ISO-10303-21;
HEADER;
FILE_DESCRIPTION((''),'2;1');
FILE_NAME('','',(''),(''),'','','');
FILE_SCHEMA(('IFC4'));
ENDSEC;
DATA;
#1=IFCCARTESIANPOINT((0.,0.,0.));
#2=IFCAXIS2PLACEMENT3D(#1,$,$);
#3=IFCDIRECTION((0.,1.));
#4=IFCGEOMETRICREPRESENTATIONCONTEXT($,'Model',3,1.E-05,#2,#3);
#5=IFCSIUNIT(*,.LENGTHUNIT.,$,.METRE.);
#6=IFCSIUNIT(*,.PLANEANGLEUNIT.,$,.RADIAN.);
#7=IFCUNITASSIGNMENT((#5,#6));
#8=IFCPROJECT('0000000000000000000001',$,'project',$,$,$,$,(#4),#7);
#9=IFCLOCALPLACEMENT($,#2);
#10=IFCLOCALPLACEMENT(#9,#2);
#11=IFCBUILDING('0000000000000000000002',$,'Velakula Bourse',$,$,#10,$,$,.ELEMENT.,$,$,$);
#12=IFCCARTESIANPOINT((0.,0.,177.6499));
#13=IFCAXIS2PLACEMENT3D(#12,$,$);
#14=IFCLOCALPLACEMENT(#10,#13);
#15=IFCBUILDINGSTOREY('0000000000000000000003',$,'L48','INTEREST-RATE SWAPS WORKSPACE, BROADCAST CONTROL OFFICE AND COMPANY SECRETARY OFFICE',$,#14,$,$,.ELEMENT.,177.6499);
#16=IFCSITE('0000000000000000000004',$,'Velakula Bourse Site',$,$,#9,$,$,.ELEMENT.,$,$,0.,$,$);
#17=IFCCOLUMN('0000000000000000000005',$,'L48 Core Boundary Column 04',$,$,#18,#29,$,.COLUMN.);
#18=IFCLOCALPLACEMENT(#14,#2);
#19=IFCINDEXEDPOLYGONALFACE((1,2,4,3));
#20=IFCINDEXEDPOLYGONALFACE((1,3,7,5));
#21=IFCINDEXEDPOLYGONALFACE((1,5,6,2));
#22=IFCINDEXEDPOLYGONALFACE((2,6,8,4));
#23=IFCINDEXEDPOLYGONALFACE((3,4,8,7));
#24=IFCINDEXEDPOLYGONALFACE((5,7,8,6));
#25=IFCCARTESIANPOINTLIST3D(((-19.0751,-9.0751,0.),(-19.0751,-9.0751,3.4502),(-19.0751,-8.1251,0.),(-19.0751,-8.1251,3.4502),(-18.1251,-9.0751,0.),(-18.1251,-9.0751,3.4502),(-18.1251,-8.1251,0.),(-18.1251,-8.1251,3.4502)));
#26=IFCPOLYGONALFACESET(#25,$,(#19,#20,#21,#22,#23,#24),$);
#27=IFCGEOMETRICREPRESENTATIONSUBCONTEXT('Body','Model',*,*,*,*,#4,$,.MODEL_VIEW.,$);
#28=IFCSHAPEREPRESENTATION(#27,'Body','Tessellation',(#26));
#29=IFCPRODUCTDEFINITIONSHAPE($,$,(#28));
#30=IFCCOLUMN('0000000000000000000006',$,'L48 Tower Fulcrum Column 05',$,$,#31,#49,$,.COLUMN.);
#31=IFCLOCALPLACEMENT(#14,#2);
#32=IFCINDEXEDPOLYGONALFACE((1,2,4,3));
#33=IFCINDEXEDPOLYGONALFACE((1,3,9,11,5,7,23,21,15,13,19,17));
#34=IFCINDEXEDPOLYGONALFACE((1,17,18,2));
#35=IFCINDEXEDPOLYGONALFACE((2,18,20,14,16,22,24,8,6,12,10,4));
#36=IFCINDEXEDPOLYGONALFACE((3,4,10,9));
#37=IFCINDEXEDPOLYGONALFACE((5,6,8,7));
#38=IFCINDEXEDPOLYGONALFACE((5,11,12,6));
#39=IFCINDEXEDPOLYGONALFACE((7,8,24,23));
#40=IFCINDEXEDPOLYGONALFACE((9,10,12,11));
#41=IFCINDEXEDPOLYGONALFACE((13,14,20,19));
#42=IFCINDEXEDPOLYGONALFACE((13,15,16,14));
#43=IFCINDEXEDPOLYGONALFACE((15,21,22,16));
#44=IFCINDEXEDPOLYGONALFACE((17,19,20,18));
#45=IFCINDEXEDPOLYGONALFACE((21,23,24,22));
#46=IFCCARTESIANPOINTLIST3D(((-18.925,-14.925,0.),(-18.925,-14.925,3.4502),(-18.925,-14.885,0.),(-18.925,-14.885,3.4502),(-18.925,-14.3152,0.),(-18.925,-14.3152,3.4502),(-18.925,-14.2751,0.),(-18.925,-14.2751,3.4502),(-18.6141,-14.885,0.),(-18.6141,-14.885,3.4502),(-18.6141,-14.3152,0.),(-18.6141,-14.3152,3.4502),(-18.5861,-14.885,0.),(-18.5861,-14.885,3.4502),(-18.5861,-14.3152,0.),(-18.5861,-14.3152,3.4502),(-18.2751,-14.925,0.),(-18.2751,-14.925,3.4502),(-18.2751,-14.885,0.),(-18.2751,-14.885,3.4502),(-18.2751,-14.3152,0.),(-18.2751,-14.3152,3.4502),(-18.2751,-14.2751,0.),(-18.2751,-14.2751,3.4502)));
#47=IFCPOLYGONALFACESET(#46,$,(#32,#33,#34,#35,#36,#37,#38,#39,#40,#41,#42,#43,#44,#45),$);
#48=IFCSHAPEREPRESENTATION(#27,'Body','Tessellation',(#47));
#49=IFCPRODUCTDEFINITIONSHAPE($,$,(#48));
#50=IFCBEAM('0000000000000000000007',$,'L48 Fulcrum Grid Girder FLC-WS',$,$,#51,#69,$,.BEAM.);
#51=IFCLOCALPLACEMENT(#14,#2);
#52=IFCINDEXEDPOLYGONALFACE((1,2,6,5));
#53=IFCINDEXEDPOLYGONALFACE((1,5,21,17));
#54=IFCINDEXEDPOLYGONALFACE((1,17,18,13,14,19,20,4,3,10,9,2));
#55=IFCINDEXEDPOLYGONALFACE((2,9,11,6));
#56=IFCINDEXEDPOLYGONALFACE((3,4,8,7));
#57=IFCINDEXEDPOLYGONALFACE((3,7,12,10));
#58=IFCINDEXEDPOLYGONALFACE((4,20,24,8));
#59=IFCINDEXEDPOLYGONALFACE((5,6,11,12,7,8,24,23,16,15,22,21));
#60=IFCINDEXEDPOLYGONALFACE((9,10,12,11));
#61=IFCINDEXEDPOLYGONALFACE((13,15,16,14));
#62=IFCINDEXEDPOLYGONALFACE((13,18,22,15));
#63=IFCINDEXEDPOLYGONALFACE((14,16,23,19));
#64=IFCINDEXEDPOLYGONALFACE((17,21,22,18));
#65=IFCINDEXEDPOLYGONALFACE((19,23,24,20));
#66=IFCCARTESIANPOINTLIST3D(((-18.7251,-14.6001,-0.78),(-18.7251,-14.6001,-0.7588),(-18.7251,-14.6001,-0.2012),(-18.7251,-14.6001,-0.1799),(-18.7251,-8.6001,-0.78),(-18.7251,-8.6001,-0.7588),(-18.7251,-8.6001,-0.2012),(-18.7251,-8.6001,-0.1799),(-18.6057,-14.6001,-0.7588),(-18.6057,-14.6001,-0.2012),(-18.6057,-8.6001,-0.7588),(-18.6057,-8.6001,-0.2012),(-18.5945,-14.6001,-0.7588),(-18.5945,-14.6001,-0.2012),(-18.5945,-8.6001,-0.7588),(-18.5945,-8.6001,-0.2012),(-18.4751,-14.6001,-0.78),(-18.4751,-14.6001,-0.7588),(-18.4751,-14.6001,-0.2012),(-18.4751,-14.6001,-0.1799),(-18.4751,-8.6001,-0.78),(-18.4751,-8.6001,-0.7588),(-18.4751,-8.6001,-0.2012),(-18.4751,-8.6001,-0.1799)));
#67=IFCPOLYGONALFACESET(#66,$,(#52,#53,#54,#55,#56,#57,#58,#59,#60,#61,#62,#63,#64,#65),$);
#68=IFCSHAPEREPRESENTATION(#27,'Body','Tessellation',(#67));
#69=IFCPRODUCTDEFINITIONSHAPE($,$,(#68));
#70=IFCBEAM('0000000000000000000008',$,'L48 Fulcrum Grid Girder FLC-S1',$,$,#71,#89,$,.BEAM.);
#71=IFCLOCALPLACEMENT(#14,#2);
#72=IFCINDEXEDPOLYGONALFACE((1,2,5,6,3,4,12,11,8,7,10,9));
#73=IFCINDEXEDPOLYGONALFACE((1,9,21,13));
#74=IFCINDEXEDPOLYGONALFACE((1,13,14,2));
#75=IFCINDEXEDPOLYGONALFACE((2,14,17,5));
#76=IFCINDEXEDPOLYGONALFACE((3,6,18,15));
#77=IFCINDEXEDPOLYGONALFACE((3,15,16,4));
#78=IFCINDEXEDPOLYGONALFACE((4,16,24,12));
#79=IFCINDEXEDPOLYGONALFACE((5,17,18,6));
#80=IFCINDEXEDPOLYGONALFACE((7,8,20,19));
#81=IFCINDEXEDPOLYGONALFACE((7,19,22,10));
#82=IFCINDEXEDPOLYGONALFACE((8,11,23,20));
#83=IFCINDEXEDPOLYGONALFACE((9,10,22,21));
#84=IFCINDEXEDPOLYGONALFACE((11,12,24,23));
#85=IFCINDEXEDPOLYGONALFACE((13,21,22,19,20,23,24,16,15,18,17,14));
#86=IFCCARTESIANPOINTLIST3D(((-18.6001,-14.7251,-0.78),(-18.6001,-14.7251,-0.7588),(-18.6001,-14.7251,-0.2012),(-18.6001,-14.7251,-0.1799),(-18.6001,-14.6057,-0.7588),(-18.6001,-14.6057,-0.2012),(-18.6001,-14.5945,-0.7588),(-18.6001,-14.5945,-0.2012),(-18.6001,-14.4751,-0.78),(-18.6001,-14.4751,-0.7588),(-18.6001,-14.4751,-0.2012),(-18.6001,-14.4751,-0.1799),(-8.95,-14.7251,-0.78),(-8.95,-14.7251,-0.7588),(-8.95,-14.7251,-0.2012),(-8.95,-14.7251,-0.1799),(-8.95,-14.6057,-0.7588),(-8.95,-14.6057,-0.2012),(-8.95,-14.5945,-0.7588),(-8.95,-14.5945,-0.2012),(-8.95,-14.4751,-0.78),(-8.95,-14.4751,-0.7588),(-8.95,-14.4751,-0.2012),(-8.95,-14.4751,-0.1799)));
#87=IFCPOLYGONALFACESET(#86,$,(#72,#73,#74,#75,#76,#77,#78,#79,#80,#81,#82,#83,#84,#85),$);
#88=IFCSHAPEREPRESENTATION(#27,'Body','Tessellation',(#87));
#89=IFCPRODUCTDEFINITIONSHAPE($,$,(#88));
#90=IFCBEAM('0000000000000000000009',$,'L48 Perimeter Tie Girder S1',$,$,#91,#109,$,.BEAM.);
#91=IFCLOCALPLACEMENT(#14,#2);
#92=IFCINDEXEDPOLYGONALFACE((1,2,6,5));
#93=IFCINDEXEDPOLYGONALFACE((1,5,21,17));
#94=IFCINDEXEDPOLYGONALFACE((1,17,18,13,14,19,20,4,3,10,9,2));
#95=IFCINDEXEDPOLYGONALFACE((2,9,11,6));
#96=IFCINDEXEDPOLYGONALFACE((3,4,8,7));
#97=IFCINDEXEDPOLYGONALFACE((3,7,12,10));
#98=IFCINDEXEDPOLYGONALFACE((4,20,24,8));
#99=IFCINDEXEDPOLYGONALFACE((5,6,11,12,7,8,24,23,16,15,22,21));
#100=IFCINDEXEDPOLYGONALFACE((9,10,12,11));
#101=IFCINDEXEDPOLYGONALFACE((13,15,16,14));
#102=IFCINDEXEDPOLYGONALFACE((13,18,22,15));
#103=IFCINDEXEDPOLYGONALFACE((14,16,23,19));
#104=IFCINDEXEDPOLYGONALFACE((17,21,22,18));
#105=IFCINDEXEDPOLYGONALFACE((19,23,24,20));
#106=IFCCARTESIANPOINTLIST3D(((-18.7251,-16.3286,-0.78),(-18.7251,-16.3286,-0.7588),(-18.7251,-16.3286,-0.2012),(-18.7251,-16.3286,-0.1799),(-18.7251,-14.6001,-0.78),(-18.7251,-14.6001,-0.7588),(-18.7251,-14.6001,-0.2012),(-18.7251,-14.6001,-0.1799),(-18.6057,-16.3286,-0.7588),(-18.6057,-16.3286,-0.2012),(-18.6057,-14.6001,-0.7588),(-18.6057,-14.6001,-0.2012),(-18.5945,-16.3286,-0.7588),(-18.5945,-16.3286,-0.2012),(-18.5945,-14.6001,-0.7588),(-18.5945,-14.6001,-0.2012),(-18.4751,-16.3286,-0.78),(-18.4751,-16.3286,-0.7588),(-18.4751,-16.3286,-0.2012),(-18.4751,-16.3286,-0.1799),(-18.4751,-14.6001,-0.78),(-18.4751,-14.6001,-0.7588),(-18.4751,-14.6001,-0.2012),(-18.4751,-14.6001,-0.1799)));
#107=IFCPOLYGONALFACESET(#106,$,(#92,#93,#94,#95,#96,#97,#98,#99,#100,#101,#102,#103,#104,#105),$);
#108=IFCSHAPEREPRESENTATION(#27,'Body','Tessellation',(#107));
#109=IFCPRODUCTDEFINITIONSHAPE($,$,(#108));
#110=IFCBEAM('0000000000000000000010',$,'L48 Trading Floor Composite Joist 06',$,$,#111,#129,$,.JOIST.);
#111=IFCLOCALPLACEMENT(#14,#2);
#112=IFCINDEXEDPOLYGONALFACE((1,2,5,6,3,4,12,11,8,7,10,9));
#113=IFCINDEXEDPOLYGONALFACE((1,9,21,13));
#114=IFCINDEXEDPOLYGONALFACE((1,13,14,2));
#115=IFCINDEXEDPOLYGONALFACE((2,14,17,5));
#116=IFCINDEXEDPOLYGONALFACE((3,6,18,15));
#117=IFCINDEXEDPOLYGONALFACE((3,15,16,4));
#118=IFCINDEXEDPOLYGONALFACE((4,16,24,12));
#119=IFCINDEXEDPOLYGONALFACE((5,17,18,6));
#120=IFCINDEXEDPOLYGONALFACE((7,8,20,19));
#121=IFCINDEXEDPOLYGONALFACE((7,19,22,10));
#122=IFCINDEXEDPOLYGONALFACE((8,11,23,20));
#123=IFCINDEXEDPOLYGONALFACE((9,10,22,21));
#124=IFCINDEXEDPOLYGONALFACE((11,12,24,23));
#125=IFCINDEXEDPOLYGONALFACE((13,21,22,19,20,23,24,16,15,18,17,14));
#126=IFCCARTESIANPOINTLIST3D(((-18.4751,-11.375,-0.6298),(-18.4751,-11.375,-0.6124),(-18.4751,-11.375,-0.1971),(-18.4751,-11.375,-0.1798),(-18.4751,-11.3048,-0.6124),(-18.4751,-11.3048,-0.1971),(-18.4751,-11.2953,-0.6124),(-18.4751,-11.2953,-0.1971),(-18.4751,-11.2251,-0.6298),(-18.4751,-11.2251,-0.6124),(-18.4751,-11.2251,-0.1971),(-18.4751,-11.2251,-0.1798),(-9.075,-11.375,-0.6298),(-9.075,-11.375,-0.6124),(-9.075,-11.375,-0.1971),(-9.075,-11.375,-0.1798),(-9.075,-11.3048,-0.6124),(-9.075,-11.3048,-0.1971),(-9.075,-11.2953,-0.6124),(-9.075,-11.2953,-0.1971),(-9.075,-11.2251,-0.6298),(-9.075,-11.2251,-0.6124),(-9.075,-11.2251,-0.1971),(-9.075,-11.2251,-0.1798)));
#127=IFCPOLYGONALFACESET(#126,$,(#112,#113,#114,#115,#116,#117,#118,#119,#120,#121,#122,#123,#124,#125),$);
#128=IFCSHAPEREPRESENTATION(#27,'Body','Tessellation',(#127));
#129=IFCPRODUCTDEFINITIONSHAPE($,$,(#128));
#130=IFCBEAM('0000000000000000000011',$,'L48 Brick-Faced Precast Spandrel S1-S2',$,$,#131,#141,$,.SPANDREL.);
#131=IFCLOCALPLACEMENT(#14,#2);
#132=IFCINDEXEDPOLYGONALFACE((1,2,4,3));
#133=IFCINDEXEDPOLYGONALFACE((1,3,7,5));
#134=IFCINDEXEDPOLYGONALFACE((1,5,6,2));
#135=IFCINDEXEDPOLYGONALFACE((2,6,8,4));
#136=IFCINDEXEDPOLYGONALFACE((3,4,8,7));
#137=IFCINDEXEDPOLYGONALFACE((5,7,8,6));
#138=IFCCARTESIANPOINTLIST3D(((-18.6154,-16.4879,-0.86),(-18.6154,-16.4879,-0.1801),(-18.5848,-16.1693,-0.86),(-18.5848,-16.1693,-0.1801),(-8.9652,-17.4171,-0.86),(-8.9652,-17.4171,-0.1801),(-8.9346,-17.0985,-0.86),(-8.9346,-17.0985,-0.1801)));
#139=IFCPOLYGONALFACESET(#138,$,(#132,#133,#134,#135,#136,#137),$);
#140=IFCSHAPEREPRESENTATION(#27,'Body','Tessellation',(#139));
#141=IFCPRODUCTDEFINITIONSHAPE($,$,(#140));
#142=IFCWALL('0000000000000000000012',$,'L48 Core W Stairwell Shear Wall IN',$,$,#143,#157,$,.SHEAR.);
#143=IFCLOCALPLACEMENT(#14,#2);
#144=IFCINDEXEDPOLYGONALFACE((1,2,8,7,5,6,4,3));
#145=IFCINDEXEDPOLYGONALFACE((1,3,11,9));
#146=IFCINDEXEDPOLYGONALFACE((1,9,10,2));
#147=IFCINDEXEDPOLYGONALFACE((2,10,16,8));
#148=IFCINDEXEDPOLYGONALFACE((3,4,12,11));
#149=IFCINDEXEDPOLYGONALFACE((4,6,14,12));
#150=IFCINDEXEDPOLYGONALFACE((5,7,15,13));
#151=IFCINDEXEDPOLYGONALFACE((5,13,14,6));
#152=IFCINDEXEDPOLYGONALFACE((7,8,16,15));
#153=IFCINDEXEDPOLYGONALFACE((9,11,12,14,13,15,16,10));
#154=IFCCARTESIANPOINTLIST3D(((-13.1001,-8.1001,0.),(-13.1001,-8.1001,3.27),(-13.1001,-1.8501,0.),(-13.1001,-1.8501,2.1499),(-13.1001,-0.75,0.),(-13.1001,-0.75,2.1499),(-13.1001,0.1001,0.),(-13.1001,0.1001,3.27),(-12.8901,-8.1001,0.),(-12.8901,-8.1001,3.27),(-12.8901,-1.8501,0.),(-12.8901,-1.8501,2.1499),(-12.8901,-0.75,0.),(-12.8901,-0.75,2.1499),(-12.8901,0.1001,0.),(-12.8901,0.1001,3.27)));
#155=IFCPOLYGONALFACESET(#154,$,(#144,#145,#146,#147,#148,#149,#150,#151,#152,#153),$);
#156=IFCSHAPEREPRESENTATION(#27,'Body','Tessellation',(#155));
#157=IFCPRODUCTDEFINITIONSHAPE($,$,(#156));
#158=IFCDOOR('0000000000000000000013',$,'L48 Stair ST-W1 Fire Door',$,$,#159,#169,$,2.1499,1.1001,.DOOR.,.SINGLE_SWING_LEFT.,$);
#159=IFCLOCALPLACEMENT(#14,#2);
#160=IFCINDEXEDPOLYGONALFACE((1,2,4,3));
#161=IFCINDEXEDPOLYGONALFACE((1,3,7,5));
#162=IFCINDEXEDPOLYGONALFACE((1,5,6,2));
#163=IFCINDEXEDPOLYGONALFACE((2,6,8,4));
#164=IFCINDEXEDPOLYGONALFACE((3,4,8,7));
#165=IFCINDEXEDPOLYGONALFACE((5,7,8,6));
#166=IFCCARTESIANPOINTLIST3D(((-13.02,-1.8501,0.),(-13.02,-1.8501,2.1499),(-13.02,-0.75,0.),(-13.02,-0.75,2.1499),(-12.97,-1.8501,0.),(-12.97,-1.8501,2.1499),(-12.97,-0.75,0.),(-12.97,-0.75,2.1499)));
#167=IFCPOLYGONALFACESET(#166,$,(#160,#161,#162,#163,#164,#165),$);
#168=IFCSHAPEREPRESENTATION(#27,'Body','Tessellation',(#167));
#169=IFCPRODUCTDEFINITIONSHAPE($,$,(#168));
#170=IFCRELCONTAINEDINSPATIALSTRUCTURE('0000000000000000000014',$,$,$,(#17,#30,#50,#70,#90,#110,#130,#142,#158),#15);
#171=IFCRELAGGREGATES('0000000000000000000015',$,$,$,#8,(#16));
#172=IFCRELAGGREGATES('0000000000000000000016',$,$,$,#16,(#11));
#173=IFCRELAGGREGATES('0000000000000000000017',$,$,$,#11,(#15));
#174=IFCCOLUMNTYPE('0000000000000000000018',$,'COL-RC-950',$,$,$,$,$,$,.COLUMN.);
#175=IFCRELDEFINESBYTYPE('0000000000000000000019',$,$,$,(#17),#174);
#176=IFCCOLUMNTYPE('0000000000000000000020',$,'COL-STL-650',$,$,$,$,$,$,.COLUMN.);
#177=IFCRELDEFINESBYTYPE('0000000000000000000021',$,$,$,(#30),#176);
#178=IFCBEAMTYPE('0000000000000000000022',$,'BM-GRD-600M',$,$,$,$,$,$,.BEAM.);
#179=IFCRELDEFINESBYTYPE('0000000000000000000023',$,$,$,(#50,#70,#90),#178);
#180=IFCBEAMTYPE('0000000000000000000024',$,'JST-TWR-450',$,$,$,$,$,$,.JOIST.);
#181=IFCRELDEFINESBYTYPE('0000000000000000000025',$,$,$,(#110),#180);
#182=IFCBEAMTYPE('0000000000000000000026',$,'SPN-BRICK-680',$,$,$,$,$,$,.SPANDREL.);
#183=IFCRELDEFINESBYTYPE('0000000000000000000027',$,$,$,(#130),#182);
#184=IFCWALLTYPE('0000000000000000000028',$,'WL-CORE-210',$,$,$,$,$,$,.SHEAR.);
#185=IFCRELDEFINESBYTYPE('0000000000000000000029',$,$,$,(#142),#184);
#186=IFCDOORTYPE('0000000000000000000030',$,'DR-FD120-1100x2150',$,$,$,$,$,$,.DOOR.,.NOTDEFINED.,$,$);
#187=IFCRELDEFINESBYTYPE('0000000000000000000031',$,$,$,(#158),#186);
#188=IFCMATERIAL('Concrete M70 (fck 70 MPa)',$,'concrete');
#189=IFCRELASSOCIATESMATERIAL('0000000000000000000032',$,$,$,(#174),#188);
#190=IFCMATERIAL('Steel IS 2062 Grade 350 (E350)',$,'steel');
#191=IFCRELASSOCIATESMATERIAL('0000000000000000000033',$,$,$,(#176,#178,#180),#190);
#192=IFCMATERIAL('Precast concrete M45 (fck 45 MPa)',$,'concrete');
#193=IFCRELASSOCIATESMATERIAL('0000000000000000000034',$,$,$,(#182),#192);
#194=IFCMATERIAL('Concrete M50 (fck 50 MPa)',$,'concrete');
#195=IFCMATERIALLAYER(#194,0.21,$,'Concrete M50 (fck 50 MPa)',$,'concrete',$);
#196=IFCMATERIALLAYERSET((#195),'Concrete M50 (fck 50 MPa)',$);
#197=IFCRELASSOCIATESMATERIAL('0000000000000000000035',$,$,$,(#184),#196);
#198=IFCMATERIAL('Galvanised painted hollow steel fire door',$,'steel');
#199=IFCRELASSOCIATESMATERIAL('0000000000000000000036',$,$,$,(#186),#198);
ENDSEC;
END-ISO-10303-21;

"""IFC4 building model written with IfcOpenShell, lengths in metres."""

from ifc_helpers import new_model, si_unit, direction, frame, frame_2d, origin, origin_2d, place, context, subcontext, project, spatial, rectangle, i_section, extrude, material, layer, layer_set, material_profile, profile_set, type_object, element, fill, save


model = new_model("IFC4")

# Units and contexts
model_context = context("Model", 3, precision=1e-05, world=origin(), true_north=direction((0.0, 1.0)))
body_context = subcontext(model_context, "Body", "Model", "MODEL_VIEW")
ifc_project = project(units=[si_unit("LENGTHUNIT", "METRE"), si_unit("PLANEANGLEUNIT", "RADIAN")], contexts=[model_context])

# Site, building, storey
site_placement = place(None, origin())
site = spatial("IfcSite", under=ifc_project, at=site_placement, Name="Velakula Bourse Site", CompositionType="ELEMENT", RefElevation=0.0)
building_placement = place(site_placement, origin())
building = spatial("IfcBuilding", under=site, at=building_placement, Name="Velakula Bourse", CompositionType="ELEMENT")
storey_placement = place(building_placement, frame((0.0, 0.0, 177.6499)))
storey = spatial("IfcBuildingStorey", under=building, at=storey_placement, Name="L48", Description="INTEREST-RATE SWAPS WORKSPACE, BROADCAST CONTROL OFFICE AND COMPANY SECRETARY OFFICE", CompositionType="ELEMENT", Elevation=177.6499)

# Columns
ifc_material_1 = material(Name="Concrete M70 (fck 70 MPa)", Category="concrete")
ifc_material_profile_1 = material_profile(ifc_material_1, rectangle(XDim=0.95, YDim=0.95, at=origin_2d()), Name="Concrete M70 (fck 70 MPa)")
ifc_profile_set_1 = profile_set([ifc_material_profile_1], Name="Concrete M70 (fck 70 MPa)")
column_type_1 = type_object("IfcColumnType", Name="COL-RC-950", PredefinedType="COLUMN", material=ifc_profile_set_1)
column_1_placement = place(storey_placement, frame((-18.6001, -8.6001, 0.0), z_axis=(0.0, 0.0, 1.0), x_axis=(1.0, 0.0, 0.0)))
element("IfcColumn", 1, at=column_1_placement, inside=storey, type_object=column_type_1, Name="L48 Core Boundary Column 04", PredefinedType="COLUMN", context=body_context, shape_type="SweptSolid", body=[
    extrude(rectangle(XDim=0.95, YDim=0.95, at=origin_2d()), origin(), (0.0, 0.0, 1.0), 3.4502),
])
ifc_material_2 = material(Name="Steel IS 2062 Grade 350 (E350)", Category="steel")
ifc_material_profile_2 = material_profile(ifc_material_2, i_section(OverallWidth=0.6499, OverallDepth=0.6499, WebThickness=0.0281, FlangeThickness=0.04, at=origin_2d()), Name="Steel IS 2062 Grade 350 (E350)")
ifc_profile_set_2 = profile_set([ifc_material_profile_2], Name="Steel IS 2062 Grade 350 (E350)")
column_type_2 = type_object("IfcColumnType", Name="COL-STL-650", PredefinedType="COLUMN", material=ifc_profile_set_2)
column_2_placement = place(storey_placement, frame((-18.6001, -14.6001, 0.0), z_axis=(0.0, 0.0, 1.0), x_axis=(1.0, 0.0, 0.0)))
element("IfcColumn", 2, at=column_2_placement, inside=storey, type_object=column_type_2, Name="L48 Tower Fulcrum Column 05", PredefinedType="COLUMN", context=body_context, shape_type="SweptSolid", body=[
    extrude(i_section(OverallWidth=0.6499, OverallDepth=0.6499, WebThickness=0.0281, FlangeThickness=0.04, at=origin_2d()), origin(), (0.0, 0.0, 1.0), 3.4502),
])

# Beams
ifc_material_profile_3 = material_profile(ifc_material_2, i_section(OverallWidth=0.25, OverallDepth=0.6001, WebThickness=0.0112, FlangeThickness=0.0212, at=origin_2d()), Name="Steel IS 2062 Grade 350 (E350)")
ifc_profile_set_3 = profile_set([ifc_material_profile_3], Name="Steel IS 2062 Grade 350 (E350)")
beam_type_1 = type_object("IfcBeamType", Name="BM-GRD-600M", PredefinedType="BEAM", material=ifc_profile_set_3)
beam_1_placement = place(storey_placement, frame((-18.6001, -14.6001, -0.48), z_axis=(0.0, 1.0, 0.0), x_axis=(-1.0, 0.0, 0.0)))
element("IfcBeam", 3, at=beam_1_placement, inside=storey, type_object=beam_type_1, Name="L48 Fulcrum Grid Girder FLC-WS", PredefinedType="BEAM", context=body_context, shape_type="SweptSolid", body=[
    extrude(i_section(OverallWidth=0.25, OverallDepth=0.6001, WebThickness=0.0112, FlangeThickness=0.0212, at=origin_2d()), origin(), (0.0, 0.0, 1.0), 6.0),
])
beam_2_placement = place(storey_placement, frame((-18.6001, -14.6001, -0.48), z_axis=(1.0, 0.0, 0.0), x_axis=(0.0, 1.0, 0.0)))
element("IfcBeam", 4, at=beam_2_placement, inside=storey, type_object=beam_type_1, Name="L48 Fulcrum Grid Girder FLC-S1", PredefinedType="BEAM", context=body_context, shape_type="SweptSolid", body=[
    extrude(i_section(OverallWidth=0.25, OverallDepth=0.6001, WebThickness=0.0112, FlangeThickness=0.0212, at=origin_2d()), origin(), (0.0, 0.0, 1.0), 9.6501),
])
beam_3_placement = place(storey_placement, frame((-18.6001, -14.6001, -0.48), z_axis=(0.0, -1.0, 0.0), x_axis=(1.0, 0.0, 0.0)))
element("IfcBeam", 5, at=beam_3_placement, inside=storey, type_object=beam_type_1, Name="L48 Perimeter Tie Girder S1", PredefinedType="BEAM", context=body_context, shape_type="SweptSolid", body=[
    extrude(i_section(OverallWidth=0.25, OverallDepth=0.6001, WebThickness=0.0112, FlangeThickness=0.0212, at=origin_2d()), origin(), (0.0, 0.0, 1.0), 1.7285),
])
ifc_material_profile_4 = material_profile(ifc_material_2, i_section(OverallWidth=0.1499, OverallDepth=0.45, WebThickness=0.0095, FlangeThickness=0.0173, at=origin_2d()), Name="Steel IS 2062 Grade 350 (E350)")
ifc_profile_set_4 = profile_set([ifc_material_profile_4], Name="Steel IS 2062 Grade 350 (E350)")
beam_type_2 = type_object("IfcBeamType", Name="JST-TWR-450", PredefinedType="JOIST", material=ifc_profile_set_4)
beam_4_placement = place(storey_placement, frame((-18.4751, -11.3, -0.4048), z_axis=(1.0, 0.0, 0.0), x_axis=(0.0, 1.0, 0.0)))
element("IfcBeam", 6, at=beam_4_placement, inside=storey, type_object=beam_type_2, Name="L48 Trading Floor Composite Joist 06", PredefinedType="JOIST", context=body_context, shape_type="SweptSolid", body=[
    extrude(i_section(OverallWidth=0.1499, OverallDepth=0.45, WebThickness=0.0095, FlangeThickness=0.0173, at=origin_2d()), origin(), (0.0, 0.0, 1.0), 9.4001),
])
ifc_material_3 = material(Name="Precast concrete M45 (fck 45 MPa)", Category="concrete")
ifc_material_profile_5 = material_profile(ifc_material_3, rectangle(XDim=0.3201, YDim=0.6799, at=origin_2d()), Name="Precast concrete M45 (fck 45 MPa)")
ifc_profile_set_5 = profile_set([ifc_material_profile_5], Name="Precast concrete M45 (fck 45 MPa)")
beam_type_3 = type_object("IfcBeamType", Name="SPN-BRICK-680", PredefinedType="SPANDREL", material=ifc_profile_set_5)
beam_5_placement = place(storey_placement, frame((-18.6001, -16.3286, -0.52), z_axis=(0.995396, -0.095845, 0.0), x_axis=(0.095845, 0.995396, 0.0)))
element("IfcBeam", 7, at=beam_5_placement, inside=storey, type_object=beam_type_3, Name="L48 Brick-Faced Precast Spandrel S1-S2", PredefinedType="SPANDREL", context=body_context, shape_type="SweptSolid", body=[
    extrude(rectangle(XDim=0.3201, YDim=0.6799, at=origin_2d()), origin(), (0.0, 0.0, 1.0), 9.6948),
])

# Wall, opening, door
ifc_material_4 = material(Name="Concrete M50 (fck 50 MPa)", Category="concrete")
ifc_layer_1 = layer(ifc_material_4, 0.21, Name="Concrete M50 (fck 50 MPa)", Category="concrete")
ifc_layer_set_1 = layer_set([ifc_layer_1], Name="Concrete M50 (fck 50 MPa)")
wall_type_1 = type_object("IfcWallType", Name="WL-CORE-210", PredefinedType="SHEAR", material=ifc_layer_set_1)
wall_1_placement = place(storey_placement, frame((-12.9951, -8.1001, 0.0), z_axis=(0.0, 0.0, 1.0), x_axis=(0.0, 1.0, 0.0)))
wall_1 = element("IfcWall", 8, at=wall_1_placement, inside=storey, type_object=wall_type_1, Name="L48 Core W Stairwell Shear Wall IN", PredefinedType="SHEAR", context=body_context, shape_type="SweptSolid", body=[
    extrude(rectangle(XDim=8.2002, YDim=0.21, at=frame_2d((4.1001, 0.0))), origin(), (0.0, 0.0, 1.0), 3.27),
])
opening_1_placement = place(wall_1_placement, frame((6.25, 0.0, 0.0)))
opening_1 = element("IfcOpeningElement", 9, at=opening_1_placement, cuts=wall_1, PredefinedType="OPENING", context=body_context, shape_type="SweptSolid", body=[
    extrude(rectangle(XDim=1.1001, YDim=2.1499, at=frame_2d((0.55, 1.075))), frame((0.0, 0.115, 0.0), z_axis=(0.0, -1.0, 0.0), x_axis=(1.0, 0.0, 0.0)), (0.0, 0.0, 1.0), 0.23),
])
ifc_material_5 = material(Name="Galvanised painted hollow steel fire door", Category="steel")
door_type_1 = type_object("IfcDoorType", Name="DR-FD120-1100x2150", OperationType="NOTDEFINED", PredefinedType="DOOR", material=ifc_material_5)
door_1_placement = place(opening_1_placement, origin())
door_1 = element("IfcDoor", 10, at=door_1_placement, inside=storey, type_object=door_type_1, Name="L48 Stair ST-W1 Fire Door", OperationType="SINGLE_SWING_LEFT", OverallHeight=2.1499, OverallWidth=1.1001, PredefinedType="DOOR", context=body_context, shape_type="SweptSolid", body=[
    extrude(rectangle(XDim=1.1001, YDim=2.1499, at=frame_2d((0.55, 1.075))), frame((0.0, 0.0249, 0.0), z_axis=(0.0, -1.0, 0.0), x_axis=(1.0, 0.0, 0.0)), (0.0, 0.0, 1.0), 0.05),
])
fill(opening_1, door_1)

save(model, "model.ifc")
